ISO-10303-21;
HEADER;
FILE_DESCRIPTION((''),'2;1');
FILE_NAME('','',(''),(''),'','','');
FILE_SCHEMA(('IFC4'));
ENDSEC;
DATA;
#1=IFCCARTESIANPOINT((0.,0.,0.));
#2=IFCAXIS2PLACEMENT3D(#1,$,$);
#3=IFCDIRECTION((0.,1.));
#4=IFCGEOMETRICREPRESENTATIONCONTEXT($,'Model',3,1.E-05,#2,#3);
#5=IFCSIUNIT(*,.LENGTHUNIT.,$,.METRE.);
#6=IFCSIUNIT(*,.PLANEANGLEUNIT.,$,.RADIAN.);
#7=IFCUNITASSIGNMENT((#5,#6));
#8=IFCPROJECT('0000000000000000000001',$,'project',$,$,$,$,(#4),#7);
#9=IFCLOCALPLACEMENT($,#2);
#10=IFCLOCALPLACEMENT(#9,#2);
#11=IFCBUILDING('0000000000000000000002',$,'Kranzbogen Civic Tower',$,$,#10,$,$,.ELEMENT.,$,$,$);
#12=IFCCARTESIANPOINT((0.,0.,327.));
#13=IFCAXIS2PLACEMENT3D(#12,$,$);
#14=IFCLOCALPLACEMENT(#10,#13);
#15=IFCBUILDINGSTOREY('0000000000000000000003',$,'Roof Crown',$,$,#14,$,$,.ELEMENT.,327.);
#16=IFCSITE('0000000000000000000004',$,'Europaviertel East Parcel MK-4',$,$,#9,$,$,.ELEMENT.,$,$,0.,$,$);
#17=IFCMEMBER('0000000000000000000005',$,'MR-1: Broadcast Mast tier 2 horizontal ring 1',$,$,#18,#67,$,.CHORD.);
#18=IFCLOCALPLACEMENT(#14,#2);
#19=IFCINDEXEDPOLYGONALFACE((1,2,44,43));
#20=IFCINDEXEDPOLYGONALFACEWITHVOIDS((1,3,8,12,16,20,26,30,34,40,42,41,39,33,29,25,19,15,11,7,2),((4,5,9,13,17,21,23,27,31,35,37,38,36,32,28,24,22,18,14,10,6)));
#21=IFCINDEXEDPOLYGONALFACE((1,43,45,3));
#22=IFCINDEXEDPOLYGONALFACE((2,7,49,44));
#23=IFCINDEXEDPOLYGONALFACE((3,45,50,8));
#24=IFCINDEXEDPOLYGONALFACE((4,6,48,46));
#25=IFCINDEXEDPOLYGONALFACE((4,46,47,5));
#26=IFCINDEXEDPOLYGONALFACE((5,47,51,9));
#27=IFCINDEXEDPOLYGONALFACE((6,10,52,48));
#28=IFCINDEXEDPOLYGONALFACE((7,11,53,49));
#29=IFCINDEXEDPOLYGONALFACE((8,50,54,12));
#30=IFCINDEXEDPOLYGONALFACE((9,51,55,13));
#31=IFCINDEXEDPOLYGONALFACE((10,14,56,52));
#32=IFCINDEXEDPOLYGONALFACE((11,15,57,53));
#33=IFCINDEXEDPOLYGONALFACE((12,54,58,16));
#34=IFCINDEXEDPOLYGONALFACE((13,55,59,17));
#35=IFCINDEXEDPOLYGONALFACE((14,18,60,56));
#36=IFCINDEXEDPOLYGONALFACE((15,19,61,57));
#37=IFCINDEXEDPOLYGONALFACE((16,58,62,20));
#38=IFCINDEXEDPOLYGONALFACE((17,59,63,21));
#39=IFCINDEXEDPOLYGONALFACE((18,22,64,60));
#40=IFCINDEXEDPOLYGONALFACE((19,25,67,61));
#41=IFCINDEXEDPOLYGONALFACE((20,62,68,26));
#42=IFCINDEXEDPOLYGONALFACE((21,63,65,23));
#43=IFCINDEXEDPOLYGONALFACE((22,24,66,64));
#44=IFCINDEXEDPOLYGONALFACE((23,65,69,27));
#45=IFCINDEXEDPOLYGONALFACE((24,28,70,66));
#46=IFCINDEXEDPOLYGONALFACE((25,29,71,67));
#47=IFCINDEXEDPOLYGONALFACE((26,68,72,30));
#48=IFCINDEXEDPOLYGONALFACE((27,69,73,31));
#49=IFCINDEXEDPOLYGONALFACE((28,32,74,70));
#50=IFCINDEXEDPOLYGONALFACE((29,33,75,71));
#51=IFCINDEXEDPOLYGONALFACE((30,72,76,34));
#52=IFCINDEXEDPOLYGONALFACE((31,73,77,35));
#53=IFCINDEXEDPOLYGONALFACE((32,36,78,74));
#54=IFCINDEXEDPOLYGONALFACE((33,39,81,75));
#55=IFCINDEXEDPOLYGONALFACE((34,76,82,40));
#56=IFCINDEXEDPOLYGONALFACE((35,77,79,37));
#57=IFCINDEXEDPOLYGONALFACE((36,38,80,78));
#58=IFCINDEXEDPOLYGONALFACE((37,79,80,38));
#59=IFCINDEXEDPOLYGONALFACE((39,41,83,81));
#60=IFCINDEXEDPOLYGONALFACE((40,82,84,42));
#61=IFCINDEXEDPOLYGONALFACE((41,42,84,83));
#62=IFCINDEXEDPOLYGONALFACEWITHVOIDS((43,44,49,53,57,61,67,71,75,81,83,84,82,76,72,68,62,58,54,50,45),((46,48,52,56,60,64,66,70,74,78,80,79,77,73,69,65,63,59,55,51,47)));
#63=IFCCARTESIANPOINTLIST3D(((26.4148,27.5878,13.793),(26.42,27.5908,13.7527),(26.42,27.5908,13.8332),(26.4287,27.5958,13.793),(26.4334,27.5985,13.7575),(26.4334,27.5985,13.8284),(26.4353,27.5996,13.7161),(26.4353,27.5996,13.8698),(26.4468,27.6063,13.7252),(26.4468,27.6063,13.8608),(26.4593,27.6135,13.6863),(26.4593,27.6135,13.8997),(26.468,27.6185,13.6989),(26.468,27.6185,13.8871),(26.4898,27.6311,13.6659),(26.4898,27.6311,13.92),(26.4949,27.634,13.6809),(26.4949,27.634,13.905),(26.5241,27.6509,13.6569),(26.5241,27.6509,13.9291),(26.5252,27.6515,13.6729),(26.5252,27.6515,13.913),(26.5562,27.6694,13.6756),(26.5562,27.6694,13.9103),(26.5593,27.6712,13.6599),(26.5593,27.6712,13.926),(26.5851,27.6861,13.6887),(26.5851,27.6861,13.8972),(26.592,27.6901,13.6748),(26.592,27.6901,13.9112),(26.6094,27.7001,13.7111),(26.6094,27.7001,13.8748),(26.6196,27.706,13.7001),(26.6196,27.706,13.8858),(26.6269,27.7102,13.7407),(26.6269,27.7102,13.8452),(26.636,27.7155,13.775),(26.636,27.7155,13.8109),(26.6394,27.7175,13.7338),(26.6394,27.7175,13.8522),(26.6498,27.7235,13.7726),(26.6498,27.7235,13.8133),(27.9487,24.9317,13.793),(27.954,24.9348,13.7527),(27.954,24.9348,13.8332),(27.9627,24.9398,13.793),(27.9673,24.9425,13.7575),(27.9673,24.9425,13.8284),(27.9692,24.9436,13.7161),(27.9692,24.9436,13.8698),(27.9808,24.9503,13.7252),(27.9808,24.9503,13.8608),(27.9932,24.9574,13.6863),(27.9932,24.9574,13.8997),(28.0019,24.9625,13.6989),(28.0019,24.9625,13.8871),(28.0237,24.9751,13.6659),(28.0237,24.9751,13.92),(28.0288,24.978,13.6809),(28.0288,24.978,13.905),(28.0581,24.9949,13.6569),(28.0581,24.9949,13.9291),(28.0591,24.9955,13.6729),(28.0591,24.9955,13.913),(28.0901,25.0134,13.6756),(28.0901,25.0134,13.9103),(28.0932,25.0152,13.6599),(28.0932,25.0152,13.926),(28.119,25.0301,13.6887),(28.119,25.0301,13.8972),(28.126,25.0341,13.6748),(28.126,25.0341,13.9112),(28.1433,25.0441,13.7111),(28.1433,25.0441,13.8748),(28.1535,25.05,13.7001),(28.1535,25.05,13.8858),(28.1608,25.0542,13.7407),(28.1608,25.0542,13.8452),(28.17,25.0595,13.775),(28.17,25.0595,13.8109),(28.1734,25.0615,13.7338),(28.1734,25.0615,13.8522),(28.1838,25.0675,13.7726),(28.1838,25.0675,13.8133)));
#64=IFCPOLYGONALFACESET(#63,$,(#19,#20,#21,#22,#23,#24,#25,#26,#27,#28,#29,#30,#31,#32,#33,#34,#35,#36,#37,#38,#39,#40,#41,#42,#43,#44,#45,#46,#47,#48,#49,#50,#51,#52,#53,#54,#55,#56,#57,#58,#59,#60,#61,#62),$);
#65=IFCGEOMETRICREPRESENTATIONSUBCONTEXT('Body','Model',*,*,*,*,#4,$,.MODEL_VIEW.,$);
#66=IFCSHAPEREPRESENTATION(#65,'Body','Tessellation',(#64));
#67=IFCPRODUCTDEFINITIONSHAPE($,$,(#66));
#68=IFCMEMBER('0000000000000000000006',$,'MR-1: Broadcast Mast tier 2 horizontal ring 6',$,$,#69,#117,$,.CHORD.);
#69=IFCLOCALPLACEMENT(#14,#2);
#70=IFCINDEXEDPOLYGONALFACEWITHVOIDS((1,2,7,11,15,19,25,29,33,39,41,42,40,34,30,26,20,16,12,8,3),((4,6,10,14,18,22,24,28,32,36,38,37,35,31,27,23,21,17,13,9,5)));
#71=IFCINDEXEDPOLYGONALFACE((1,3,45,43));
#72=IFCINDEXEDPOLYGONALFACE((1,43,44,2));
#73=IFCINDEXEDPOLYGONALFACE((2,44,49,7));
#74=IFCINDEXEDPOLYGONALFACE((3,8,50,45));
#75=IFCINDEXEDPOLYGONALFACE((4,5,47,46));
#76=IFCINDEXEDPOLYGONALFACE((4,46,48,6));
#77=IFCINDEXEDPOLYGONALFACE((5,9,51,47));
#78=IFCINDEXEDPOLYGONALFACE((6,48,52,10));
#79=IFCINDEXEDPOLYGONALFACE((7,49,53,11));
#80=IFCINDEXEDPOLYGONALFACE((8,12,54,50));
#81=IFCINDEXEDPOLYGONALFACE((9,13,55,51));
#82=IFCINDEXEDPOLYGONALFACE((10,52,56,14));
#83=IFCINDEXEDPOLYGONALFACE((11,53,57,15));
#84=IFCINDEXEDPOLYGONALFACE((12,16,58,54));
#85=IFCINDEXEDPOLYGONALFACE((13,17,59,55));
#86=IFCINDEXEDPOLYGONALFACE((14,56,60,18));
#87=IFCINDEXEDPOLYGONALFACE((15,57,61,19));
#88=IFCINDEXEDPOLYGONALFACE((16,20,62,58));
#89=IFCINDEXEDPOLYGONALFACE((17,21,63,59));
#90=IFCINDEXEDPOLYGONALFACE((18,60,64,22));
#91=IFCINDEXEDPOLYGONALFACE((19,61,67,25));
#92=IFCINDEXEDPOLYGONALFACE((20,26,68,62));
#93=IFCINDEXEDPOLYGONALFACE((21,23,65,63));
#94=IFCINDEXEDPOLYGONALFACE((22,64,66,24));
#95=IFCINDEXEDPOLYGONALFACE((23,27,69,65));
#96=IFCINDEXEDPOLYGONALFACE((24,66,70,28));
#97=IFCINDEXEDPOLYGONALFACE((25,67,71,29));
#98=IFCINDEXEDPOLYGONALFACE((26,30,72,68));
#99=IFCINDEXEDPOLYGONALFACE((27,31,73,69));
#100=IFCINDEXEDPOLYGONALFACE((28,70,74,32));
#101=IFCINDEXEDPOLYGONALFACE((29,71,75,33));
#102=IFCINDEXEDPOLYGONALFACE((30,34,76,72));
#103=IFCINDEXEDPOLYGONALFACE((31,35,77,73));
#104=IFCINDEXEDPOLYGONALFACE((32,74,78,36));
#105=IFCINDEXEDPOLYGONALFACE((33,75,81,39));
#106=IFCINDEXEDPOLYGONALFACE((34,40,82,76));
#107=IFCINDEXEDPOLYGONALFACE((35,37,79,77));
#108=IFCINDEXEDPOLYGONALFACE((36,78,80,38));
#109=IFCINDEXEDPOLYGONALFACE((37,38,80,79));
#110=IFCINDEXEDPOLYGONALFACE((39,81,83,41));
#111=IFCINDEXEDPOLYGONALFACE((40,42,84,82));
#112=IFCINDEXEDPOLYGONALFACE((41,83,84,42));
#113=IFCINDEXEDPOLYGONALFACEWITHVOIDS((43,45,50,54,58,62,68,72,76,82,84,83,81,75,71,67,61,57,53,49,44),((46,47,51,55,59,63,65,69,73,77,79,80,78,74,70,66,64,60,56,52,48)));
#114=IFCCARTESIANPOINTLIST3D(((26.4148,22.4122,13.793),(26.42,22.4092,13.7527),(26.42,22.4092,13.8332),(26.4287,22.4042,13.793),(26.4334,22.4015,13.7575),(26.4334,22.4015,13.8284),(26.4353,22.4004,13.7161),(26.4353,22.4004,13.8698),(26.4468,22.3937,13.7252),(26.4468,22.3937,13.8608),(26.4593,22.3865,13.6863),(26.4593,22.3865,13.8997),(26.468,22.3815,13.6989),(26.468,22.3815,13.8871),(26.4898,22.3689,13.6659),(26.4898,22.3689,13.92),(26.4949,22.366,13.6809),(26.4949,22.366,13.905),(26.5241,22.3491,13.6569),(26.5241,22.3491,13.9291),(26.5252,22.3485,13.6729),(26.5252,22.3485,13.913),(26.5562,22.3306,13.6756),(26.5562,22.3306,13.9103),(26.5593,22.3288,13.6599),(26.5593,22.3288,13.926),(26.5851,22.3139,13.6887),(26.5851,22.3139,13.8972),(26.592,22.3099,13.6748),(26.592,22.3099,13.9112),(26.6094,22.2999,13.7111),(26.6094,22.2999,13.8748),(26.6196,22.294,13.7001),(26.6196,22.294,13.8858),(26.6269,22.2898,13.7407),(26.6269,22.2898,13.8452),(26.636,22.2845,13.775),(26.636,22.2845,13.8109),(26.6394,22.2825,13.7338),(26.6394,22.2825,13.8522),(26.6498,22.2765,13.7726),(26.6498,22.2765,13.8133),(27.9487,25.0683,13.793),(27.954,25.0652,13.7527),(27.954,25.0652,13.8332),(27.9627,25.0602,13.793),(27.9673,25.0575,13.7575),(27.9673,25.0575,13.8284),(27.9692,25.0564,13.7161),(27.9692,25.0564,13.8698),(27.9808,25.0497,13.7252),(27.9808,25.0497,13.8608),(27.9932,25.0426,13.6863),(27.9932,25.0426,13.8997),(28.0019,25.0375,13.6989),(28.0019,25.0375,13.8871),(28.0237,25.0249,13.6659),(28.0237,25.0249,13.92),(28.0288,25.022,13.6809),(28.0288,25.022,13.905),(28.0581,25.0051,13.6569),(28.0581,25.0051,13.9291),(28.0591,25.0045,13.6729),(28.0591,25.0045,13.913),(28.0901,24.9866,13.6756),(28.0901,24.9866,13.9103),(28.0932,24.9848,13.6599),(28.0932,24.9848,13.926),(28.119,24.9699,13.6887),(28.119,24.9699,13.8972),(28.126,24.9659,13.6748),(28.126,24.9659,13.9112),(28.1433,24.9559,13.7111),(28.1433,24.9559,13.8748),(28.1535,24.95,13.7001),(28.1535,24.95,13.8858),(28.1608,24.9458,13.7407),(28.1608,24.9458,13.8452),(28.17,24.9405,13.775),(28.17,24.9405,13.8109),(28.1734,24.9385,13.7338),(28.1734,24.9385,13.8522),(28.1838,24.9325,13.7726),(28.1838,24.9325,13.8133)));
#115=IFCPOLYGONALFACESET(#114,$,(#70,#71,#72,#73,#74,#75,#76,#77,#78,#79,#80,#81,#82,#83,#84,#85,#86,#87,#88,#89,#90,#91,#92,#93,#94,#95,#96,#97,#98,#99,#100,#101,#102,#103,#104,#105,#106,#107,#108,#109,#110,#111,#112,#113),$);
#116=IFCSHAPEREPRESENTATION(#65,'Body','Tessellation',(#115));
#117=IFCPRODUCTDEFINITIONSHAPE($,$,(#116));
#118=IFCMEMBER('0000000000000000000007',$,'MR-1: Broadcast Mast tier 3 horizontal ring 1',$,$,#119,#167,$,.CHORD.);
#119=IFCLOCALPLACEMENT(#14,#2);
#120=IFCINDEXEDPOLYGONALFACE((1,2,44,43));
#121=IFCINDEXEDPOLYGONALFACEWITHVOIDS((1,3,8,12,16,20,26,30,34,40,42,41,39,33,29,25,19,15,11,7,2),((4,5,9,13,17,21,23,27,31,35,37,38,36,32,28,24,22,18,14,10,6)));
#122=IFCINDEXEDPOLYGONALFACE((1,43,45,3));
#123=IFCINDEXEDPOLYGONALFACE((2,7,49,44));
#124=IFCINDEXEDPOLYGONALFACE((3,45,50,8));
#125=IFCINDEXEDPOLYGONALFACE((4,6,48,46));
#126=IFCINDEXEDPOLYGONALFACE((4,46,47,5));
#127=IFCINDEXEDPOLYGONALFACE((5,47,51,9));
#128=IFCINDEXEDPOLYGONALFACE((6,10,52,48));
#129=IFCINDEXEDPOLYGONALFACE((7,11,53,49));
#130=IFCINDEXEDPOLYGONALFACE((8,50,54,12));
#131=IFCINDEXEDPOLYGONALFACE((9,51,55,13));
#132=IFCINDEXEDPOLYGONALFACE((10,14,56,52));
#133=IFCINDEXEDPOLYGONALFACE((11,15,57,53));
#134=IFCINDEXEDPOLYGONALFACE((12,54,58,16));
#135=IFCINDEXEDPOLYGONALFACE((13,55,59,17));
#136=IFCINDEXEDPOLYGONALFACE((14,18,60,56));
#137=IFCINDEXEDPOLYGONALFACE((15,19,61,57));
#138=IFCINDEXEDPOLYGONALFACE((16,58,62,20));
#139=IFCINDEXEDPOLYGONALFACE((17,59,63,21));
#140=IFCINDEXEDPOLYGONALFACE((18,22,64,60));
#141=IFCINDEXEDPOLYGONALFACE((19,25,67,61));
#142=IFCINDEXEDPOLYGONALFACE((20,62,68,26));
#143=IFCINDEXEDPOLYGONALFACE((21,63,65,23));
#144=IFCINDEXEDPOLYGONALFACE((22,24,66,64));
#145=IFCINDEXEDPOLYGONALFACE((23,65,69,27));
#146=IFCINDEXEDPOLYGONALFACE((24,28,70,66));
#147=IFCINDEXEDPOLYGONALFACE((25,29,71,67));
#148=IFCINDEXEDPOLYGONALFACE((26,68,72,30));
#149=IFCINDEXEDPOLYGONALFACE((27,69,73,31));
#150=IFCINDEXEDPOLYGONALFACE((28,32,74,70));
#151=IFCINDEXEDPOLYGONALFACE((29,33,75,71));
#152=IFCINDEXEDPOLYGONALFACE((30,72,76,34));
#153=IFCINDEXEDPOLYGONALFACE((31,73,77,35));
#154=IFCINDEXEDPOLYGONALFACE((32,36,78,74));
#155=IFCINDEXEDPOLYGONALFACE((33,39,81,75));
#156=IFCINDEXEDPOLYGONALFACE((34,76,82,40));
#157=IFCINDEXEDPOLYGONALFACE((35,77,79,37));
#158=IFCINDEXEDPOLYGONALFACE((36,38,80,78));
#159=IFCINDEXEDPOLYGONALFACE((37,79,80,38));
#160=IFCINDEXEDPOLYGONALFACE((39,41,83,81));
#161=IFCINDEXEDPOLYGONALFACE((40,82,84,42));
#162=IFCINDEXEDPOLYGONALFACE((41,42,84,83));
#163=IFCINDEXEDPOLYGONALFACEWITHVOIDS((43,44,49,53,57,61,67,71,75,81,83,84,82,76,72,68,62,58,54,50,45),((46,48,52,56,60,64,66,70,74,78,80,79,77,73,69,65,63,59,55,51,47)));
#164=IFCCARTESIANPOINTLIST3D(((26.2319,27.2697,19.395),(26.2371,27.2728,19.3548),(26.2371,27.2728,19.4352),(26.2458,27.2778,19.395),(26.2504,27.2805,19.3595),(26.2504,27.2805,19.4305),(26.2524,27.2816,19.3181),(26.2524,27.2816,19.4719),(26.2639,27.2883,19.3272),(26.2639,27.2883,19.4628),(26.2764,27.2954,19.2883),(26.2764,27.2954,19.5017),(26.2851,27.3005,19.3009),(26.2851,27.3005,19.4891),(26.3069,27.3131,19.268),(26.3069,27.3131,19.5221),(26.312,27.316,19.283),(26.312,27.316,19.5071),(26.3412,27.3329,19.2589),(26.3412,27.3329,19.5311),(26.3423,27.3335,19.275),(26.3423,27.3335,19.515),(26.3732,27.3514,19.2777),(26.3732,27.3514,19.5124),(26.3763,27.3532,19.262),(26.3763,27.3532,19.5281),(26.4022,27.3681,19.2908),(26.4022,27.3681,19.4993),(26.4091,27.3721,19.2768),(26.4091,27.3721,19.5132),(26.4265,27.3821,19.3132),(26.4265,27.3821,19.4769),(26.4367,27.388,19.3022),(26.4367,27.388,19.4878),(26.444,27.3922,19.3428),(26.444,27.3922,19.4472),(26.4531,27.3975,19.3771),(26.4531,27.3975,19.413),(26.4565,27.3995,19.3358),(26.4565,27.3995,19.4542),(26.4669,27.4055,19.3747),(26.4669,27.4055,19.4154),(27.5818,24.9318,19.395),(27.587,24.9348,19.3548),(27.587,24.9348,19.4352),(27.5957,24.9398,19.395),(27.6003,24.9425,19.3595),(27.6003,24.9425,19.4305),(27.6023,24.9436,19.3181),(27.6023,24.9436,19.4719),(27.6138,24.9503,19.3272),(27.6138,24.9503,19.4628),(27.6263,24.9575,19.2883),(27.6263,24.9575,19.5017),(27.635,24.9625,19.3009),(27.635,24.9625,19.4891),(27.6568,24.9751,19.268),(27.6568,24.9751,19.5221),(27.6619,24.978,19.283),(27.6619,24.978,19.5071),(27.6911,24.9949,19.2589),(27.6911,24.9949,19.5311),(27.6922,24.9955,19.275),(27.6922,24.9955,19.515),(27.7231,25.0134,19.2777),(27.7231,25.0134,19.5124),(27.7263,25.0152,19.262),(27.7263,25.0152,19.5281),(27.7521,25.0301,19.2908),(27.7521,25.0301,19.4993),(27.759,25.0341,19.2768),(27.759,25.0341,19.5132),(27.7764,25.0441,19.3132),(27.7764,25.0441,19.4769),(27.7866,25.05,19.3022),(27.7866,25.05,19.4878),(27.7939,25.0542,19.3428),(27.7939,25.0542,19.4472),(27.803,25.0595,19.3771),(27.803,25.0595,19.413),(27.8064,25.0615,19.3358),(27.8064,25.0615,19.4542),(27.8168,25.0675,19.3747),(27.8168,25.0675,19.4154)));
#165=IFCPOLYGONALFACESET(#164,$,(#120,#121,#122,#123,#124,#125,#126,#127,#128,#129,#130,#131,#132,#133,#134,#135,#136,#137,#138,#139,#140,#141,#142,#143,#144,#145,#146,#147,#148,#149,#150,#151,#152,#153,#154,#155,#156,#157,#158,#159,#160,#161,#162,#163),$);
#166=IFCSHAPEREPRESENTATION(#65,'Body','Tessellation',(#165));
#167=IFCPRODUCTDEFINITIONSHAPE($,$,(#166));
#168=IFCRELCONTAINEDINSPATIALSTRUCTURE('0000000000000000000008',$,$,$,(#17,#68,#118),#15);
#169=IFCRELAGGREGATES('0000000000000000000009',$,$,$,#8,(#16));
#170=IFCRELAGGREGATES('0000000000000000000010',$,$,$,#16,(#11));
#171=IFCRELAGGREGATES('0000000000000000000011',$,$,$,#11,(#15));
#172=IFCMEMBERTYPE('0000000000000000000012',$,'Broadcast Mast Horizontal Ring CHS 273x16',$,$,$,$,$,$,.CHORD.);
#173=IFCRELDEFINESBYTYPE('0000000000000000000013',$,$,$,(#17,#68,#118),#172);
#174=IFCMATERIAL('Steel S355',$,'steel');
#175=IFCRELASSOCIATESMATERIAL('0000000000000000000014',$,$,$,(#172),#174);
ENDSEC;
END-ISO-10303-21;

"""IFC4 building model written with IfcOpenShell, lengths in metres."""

from ifc_helpers import new_model, si_unit, direction, frame, origin, origin_2d, place, context, subcontext, project, spatial, hollow_circle, extrude, material, material_profile, profile_set, type_object, element, save


model = new_model("IFC4")

# Units and contexts
model_context = context("Model", 3, precision=1e-05, world=origin(), true_north=direction((0.0, 1.0)))
body_context = subcontext(model_context, "Body", "Model", "MODEL_VIEW")
ifc_project = project(units=[si_unit("LENGTHUNIT", "METRE"), si_unit("PLANEANGLEUNIT", "RADIAN")], contexts=[model_context])

# Site, building, storey
site_placement = place(None, origin())
site = spatial("IfcSite", under=ifc_project, at=site_placement, Name="Europaviertel East Parcel MK-4", CompositionType="ELEMENT", RefElevation=0.0)
building_placement = place(site_placement, origin())
building = spatial("IfcBuilding", under=site, at=building_placement, Name="Kranzbogen Civic Tower", CompositionType="ELEMENT")
storey_placement = place(building_placement, frame((0.0, 0.0, 327.0)))
storey = spatial("IfcBuildingStorey", under=building, at=storey_placement, Name="Roof Crown", CompositionType="ELEMENT", Elevation=327.0)

# Members
ifc_material = material(Name="Steel S355", Category="steel")
ifc_material_profile_1 = material_profile(ifc_material, hollow_circle(Radius=0.1365, WallThickness=0.0161, at=origin_2d()), Name="CHS 273x16")
ifc_profile_set_1 = profile_set([ifc_material_profile_1], Name="Steel S355")
member_type_1 = type_object("IfcMemberType", Name="Broadcast Mast Horizontal Ring CHS 273x16", PredefinedType="CHORD", material=ifc_profile_set_1)
for number, where, z_axis, x_axis, name in (
    (1, (28.0669, 25.0, 13.793), (-0.50012, 0.865956, 0.0), (-0.865956, -0.50012, 0.0), "MR-1: Broadcast Mast tier 2 horizontal ring 1"),
    (2, (26.533, 22.344, 13.793), (0.50012, 0.865956, 0.0), (-0.865956, 0.50012, 0.0), "MR-1: Broadcast Mast tier 2 horizontal ring 6"),
):
    element("IfcMember", number, at=place(storey_placement, frame(where, z_axis=z_axis, x_axis=x_axis)), inside=storey, type_object=member_type_1, Name=name, PredefinedType="CHORD", context=body_context, shape_type="SweptSolid", body=[
        extrude(hollow_circle(Radius=0.1365, WallThickness=0.0161, at=origin_2d()), origin(), (0.0, 0.0, 1.0), 3.0671),
    ])
for number, where, z_axis, x_axis, name in (
    (3, (27.7, 25.0, 19.395), (-0.50002, 0.866014, 0.0), (-0.866014, -0.50002, 0.0), "MR-1: Broadcast Mast tier 3 horizontal ring 1"),
):
    element("IfcMember", number, at=place(storey_placement, frame(where, z_axis=z_axis, x_axis=x_axis)), inside=storey, type_object=member_type_1, Name=name, PredefinedType="CHORD", context=body_context, shape_type="SweptSolid", body=[
        extrude(hollow_circle(Radius=0.1365, WallThickness=0.0161, at=origin_2d()), origin(), (0.0, 0.0, 1.0), 2.6997),
    ])

save(model, "model.ifc")
